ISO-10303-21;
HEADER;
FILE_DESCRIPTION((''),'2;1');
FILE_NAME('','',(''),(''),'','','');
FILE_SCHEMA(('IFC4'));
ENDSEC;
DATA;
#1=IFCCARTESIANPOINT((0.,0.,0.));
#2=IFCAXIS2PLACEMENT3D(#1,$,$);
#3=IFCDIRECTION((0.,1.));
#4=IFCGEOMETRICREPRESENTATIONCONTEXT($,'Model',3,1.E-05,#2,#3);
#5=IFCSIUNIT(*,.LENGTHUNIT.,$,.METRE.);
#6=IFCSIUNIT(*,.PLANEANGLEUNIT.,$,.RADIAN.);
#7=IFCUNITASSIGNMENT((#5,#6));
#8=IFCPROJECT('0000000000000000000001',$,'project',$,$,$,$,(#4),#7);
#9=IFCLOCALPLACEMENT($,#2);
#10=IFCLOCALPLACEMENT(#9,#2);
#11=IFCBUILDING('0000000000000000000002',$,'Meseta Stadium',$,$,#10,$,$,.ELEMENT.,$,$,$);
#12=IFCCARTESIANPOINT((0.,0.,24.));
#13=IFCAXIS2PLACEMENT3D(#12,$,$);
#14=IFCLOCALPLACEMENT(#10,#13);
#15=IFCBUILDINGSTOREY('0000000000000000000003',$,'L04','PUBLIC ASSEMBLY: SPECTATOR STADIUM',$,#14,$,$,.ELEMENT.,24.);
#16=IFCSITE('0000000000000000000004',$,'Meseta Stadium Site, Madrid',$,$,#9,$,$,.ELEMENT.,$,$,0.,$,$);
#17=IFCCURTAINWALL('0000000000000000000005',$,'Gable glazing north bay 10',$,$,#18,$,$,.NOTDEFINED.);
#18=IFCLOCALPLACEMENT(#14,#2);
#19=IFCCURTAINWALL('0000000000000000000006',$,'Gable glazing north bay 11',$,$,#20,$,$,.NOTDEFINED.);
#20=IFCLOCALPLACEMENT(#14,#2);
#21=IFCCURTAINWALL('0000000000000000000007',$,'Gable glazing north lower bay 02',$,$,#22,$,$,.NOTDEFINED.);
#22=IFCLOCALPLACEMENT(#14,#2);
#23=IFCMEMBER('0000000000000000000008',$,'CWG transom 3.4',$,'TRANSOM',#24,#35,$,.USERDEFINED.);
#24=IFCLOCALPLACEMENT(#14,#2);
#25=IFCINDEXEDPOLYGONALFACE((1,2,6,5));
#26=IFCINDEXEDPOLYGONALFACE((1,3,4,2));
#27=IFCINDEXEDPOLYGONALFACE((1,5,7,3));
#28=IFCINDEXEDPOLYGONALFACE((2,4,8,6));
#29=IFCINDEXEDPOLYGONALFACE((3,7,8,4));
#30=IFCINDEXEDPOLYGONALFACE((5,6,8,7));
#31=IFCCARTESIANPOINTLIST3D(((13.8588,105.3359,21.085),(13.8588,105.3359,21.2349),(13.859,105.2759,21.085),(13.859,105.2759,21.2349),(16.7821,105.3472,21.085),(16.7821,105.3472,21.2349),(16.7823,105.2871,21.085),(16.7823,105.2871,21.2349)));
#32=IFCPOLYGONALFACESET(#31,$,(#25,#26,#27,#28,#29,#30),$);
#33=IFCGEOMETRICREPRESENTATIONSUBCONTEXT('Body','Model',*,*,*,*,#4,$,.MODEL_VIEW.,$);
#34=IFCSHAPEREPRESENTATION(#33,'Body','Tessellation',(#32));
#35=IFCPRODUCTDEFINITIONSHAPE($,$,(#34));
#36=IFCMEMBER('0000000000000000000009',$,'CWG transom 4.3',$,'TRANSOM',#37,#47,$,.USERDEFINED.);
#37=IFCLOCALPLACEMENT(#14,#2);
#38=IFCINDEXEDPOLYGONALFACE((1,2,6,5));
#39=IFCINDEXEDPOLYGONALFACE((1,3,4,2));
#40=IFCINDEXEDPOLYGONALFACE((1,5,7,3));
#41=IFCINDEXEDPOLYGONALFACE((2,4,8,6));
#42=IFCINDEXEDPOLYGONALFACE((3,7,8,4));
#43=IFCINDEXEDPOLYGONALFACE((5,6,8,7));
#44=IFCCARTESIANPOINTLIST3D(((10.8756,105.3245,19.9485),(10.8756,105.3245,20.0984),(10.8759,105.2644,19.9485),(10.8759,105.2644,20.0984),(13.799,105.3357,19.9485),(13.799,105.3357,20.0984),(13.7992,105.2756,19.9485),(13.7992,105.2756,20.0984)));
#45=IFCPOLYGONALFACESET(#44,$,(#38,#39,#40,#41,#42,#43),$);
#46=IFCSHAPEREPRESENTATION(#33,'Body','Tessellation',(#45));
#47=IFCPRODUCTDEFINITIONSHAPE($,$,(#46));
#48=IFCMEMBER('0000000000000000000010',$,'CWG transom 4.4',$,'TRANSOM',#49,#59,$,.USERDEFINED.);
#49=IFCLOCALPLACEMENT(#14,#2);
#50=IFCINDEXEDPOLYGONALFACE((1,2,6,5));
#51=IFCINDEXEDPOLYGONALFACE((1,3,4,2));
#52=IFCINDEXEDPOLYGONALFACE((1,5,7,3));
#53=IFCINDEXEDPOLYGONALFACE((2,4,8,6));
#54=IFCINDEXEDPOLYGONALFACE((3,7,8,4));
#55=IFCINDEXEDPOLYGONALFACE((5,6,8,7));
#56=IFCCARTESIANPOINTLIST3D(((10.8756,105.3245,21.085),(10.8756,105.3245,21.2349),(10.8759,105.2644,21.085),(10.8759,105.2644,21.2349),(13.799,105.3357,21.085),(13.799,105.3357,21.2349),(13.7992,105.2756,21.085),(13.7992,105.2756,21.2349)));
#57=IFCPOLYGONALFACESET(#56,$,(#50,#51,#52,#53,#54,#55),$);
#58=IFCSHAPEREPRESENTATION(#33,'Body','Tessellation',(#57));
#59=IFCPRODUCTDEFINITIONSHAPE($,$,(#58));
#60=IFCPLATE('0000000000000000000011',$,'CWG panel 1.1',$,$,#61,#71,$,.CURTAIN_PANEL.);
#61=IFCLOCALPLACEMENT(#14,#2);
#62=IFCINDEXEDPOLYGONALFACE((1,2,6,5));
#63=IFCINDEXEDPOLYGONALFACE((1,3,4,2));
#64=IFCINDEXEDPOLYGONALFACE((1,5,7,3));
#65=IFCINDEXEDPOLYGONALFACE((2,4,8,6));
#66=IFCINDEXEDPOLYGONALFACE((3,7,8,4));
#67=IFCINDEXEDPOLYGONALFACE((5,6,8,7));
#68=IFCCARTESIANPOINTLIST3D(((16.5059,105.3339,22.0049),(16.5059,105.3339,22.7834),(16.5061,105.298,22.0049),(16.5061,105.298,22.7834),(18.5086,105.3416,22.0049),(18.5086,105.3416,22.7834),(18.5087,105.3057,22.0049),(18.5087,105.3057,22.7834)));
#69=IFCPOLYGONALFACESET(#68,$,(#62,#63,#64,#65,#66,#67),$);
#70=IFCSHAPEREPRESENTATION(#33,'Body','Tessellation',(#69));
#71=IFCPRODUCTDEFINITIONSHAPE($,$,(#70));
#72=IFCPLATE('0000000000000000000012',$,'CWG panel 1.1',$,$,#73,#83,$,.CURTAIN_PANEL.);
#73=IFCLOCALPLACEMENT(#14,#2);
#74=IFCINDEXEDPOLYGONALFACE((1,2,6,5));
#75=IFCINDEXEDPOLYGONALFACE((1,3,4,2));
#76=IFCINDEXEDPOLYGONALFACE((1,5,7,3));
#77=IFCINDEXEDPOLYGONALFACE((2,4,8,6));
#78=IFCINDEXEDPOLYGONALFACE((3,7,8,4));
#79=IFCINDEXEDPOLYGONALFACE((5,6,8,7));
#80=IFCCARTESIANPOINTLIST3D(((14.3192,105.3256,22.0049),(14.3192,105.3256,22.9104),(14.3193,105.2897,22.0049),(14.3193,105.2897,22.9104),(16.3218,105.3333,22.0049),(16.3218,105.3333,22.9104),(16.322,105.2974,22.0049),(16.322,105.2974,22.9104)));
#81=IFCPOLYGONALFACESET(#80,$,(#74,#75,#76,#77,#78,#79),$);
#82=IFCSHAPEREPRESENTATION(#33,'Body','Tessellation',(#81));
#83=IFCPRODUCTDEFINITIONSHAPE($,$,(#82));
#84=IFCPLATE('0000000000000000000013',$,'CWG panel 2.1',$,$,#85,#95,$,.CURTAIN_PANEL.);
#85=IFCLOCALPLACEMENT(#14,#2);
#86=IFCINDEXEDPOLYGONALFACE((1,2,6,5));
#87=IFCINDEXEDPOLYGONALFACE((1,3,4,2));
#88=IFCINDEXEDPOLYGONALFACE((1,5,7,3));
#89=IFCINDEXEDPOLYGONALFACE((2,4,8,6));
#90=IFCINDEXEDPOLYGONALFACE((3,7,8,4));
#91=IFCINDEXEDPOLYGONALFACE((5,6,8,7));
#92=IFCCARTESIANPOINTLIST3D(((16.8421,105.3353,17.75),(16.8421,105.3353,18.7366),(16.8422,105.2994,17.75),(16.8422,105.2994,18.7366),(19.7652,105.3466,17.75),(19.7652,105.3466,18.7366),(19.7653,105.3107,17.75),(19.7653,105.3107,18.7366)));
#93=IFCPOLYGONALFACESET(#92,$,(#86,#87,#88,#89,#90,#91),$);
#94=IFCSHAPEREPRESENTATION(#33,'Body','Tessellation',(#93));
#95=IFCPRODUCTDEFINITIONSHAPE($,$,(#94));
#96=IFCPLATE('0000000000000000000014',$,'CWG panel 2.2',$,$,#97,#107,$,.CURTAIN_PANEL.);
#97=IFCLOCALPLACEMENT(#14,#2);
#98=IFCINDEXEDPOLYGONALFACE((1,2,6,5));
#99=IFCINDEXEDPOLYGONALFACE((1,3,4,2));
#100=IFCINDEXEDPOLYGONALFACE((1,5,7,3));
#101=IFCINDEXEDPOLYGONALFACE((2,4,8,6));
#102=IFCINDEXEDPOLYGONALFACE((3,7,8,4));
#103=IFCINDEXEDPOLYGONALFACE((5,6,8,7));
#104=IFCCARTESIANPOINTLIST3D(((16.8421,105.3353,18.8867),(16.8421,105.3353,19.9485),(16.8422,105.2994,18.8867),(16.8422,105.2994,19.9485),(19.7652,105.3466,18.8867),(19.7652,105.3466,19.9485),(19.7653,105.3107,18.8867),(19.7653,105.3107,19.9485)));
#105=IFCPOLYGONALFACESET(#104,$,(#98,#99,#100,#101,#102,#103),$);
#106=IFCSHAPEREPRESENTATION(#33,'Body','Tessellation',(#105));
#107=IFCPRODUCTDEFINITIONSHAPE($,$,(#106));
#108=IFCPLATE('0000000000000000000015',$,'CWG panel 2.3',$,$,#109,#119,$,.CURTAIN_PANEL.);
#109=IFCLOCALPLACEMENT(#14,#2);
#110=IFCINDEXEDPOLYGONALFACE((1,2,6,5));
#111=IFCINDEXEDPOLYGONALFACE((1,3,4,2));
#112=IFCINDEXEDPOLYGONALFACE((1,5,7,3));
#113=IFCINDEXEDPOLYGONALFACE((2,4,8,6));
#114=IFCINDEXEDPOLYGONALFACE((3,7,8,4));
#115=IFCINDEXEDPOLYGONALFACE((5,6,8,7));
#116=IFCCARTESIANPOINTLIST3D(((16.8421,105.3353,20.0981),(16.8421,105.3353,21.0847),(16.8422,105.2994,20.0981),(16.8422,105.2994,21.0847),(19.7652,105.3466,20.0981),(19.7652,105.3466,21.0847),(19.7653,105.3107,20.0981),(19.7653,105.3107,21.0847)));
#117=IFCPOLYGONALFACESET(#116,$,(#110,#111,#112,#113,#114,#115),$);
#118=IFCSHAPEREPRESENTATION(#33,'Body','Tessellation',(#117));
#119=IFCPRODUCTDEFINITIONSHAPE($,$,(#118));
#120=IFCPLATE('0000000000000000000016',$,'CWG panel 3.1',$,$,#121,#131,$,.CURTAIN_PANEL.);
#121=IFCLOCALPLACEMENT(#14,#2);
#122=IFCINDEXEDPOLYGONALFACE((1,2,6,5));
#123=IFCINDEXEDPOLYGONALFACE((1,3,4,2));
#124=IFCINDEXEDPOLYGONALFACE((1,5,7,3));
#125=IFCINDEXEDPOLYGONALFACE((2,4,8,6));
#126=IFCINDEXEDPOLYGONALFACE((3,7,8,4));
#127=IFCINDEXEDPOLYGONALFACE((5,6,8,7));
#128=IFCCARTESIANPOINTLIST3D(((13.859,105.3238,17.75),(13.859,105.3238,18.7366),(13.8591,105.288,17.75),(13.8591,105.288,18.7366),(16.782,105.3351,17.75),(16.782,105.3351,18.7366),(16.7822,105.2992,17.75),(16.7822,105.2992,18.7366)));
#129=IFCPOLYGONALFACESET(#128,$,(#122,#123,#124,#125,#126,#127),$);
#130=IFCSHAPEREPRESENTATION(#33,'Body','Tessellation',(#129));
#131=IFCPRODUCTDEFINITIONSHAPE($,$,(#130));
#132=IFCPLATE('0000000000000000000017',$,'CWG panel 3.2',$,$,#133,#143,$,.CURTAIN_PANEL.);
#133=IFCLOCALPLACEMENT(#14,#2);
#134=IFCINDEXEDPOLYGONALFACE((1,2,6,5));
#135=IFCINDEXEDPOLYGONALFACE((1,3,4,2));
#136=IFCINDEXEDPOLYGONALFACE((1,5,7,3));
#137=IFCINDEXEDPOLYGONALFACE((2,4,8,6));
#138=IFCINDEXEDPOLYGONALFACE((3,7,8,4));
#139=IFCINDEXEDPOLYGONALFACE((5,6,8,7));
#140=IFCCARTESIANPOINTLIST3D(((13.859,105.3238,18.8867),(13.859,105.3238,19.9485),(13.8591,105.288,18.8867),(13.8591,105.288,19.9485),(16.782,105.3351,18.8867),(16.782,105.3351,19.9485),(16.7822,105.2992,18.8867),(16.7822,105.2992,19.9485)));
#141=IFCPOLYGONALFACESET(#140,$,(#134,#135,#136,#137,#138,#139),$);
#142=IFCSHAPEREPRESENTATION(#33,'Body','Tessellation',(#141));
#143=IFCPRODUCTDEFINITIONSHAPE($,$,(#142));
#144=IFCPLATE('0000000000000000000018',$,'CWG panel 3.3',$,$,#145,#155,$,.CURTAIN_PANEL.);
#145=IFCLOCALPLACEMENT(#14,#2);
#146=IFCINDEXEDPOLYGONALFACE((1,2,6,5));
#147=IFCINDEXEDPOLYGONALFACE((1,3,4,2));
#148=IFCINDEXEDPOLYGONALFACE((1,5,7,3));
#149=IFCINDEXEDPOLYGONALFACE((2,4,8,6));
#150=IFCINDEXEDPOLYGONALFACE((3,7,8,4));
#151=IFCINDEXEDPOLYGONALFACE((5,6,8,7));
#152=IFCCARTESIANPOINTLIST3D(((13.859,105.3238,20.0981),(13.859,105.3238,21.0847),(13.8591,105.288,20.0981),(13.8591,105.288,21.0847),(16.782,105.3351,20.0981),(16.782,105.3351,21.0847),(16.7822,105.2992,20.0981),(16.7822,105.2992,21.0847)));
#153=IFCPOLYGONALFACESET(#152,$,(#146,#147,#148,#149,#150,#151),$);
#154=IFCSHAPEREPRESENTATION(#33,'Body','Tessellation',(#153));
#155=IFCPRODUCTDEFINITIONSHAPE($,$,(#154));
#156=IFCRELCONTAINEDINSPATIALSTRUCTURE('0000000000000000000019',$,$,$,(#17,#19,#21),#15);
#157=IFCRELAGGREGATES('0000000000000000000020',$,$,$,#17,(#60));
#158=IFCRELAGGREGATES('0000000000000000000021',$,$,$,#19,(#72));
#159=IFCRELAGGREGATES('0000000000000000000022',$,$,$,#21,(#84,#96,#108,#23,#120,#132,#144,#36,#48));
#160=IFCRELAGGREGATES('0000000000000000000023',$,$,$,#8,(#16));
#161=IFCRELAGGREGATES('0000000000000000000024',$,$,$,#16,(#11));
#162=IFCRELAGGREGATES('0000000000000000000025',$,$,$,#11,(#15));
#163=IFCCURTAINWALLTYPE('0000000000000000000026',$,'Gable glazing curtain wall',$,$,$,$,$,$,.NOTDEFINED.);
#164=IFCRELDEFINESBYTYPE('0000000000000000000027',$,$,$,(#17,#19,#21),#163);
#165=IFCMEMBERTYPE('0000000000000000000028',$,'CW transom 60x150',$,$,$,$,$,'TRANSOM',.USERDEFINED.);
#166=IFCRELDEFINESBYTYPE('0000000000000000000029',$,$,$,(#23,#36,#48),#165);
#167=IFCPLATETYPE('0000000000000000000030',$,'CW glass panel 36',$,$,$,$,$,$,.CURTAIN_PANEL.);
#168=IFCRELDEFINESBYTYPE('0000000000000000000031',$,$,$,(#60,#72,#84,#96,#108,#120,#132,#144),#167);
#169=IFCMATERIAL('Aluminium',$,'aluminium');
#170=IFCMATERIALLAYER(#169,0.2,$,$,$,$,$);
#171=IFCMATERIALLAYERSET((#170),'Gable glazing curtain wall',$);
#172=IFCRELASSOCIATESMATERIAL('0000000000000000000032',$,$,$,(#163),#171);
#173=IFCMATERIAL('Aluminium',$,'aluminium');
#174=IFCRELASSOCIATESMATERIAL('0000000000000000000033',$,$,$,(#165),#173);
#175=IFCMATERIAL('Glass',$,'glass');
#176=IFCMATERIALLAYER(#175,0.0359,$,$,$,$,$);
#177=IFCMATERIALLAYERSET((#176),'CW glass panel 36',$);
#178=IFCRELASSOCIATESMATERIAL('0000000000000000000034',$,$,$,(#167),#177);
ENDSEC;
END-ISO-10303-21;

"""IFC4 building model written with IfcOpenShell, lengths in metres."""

from ifc_helpers import new_model, si_unit, direction, frame, origin, origin_2d, place, context, subcontext, project, spatial, rectangle, extrude, material, layer, layer_set, material_profile, profile_set, type_object, element, aggregate, save


model = new_model("IFC4")

# Units and contexts
model_context = context("Model", 3, precision=1e-05, world=origin(), true_north=direction((0.0, 1.0)))
body_context = subcontext(model_context, "Body", "Model", "MODEL_VIEW")
ifc_project = project(units=[si_unit("LENGTHUNIT", "METRE"), si_unit("PLANEANGLEUNIT", "RADIAN")], contexts=[model_context])

# Site, building, storey
site_placement = place(None, origin())
site = spatial("IfcSite", under=ifc_project, at=site_placement, Name="Meseta Stadium Site, Madrid", CompositionType="ELEMENT", RefElevation=0.0)
building_placement = place(site_placement, origin())
building = spatial("IfcBuilding", under=site, at=building_placement, Name="Meseta Stadium", CompositionType="ELEMENT")
storey_placement = place(building_placement, frame((0.0, 0.0, 24.0)))
storey = spatial("IfcBuildingStorey", under=building, at=storey_placement, Name="L04", Description="PUBLIC ASSEMBLY: SPECTATOR STADIUM", CompositionType="ELEMENT", Elevation=24.0)

# Shared definitions
ifc_material_1 = material(Name="Aluminium", Category="aluminium")
ifc_layer_1 = layer(ifc_material_1, 0.2)
ifc_layer_set_1 = layer_set([ifc_layer_1], Name="Gable glazing curtain wall")
curtain_wall_type = type_object("IfcCurtainWallType", Name="Gable glazing curtain wall", PredefinedType="NOTDEFINED", material=ifc_layer_set_1)

# Curtain walls
curtain_wall_1_placement = place(storey_placement, origin())
curtain_wall_1 = element("IfcCurtainWall", 1, at=curtain_wall_1_placement, inside=storey, type_object=curtain_wall_type, Name="Gable glazing north bay 10", PredefinedType="NOTDEFINED")
curtain_wall_2_placement = place(storey_placement, origin())
curtain_wall_2 = element("IfcCurtainWall", 2, at=curtain_wall_2_placement, inside=storey, type_object=curtain_wall_type, Name="Gable glazing north bay 11", PredefinedType="NOTDEFINED")

# Shared definitions
ifc_material_2 = material(Name="Aluminium", Category="aluminium")
ifc_material_profile_1 = material_profile(ifc_material_2, rectangle(XDim=0.0601, YDim=0.1499, at=origin_2d()), Name="CW 60x150")
ifc_profile_set_1 = profile_set([ifc_material_profile_1], Name="Aluminium")
member_type_1 = type_object("IfcMemberType", Name="CW transom 60x150", ElementType="TRANSOM", PredefinedType="USERDEFINED", material=ifc_profile_set_1)

# Curtain wall, members
curtain_wall_3_placement = place(storey_placement, origin())
curtain_wall_3 = element("IfcCurtainWall", 3, at=curtain_wall_3_placement, inside=storey, type_object=curtain_wall_type, Name="Gable glazing north lower bay 02", PredefinedType="NOTDEFINED")
member_1_placement = place(storey_placement, frame((16.7822, 105.3171, 21.1599), z_axis=(-0.999993, -0.003842, 0.0), x_axis=(0.003842, -0.999993, 0.0)))
member_1 = element("IfcMember", 4, at=member_1_placement, type_object=member_type_1, Name="CWG transom 3.4", ObjectType="TRANSOM", PredefinedType="USERDEFINED", context=body_context, shape_type="SweptSolid", body=[
    extrude(rectangle(XDim=0.0601, YDim=0.1499, at=origin_2d()), origin(), (0.0, 0.0, 1.0), 2.9233),
])
member_2_placement = place(storey_placement, frame((13.7991, 105.3057, 20.0234), z_axis=(-0.999993, -0.003842, 0.0), x_axis=(0.003842, -0.999993, 0.0)))
member_2 = element("IfcMember", 5, at=member_2_placement, type_object=member_type_1, Name="CWG transom 4.3", ObjectType="TRANSOM", PredefinedType="USERDEFINED", context=body_context, shape_type="SweptSolid", body=[
    extrude(rectangle(XDim=0.0601, YDim=0.1499, at=origin_2d()), origin(), (0.0, 0.0, 1.0), 2.9233),
])
member_3_placement = place(storey_placement, frame((13.7991, 105.3057, 21.1599), z_axis=(-0.999993, -0.003842, 0.0), x_axis=(0.003842, -0.999993, 0.0)))
member_3 = element("IfcMember", 6, at=member_3_placement, type_object=member_type_1, Name="CWG transom 4.4", ObjectType="TRANSOM", PredefinedType="USERDEFINED", context=body_context, shape_type="SweptSolid", body=[
    extrude(rectangle(XDim=0.0601, YDim=0.1499, at=origin_2d()), origin(), (0.0, 0.0, 1.0), 2.9233),
])

# Plates
ifc_material_3 = material(Name="Glass", Category="glass")
ifc_layer_2 = layer(ifc_material_3, 0.0359)
ifc_layer_set_2 = layer_set([ifc_layer_2], Name="CW glass panel 36")
plate_type = type_object("IfcPlateType", Name="CW glass panel 36", PredefinedType="CURTAIN_PANEL", material=ifc_layer_set_2)
plate_1_placement = place(storey_placement, frame((17.5073, 105.3198, 22.0049), z_axis=(0.0, 0.0, 1.0), x_axis=(-0.999993, -0.003848, 0.0)))
plate_1 = element("IfcPlate", 7, at=plate_1_placement, type_object=plate_type, Name="CWG panel 1.1", PredefinedType="CURTAIN_PANEL", context=body_context, shape_type="SweptSolid", body=[
    extrude(rectangle(XDim=2.0027, YDim=0.0359, at=origin_2d()), origin(), (0.0, 0.0, 1.0), 0.7786),
])
aggregate(curtain_wall_1, [plate_1])
plate_2_placement = place(storey_placement, frame((15.3206, 105.3115, 22.0049), z_axis=(0.0, 0.0, 1.0), x_axis=(-0.999993, -0.003848, 0.0)))
plate_2 = element("IfcPlate", 8, at=plate_2_placement, type_object=plate_type, Name="CWG panel 1.1", PredefinedType="CURTAIN_PANEL", context=body_context, shape_type="SweptSolid", body=[
    extrude(rectangle(XDim=2.0027, YDim=0.0359, at=origin_2d()), origin(), (0.0, 0.0, 1.0), 0.9055),
])
aggregate(curtain_wall_2, [plate_2])
plate_3_placement = place(storey_placement, frame((18.3037, 105.323, 17.75), z_axis=(0.0, 0.0, 1.0), x_axis=(-0.999993, -0.003848, 0.0)))
plate_3 = element("IfcPlate", 9, at=plate_3_placement, type_object=plate_type, Name="CWG panel 2.1", PredefinedType="CURTAIN_PANEL", context=body_context, shape_type="SweptSolid", body=[
    extrude(rectangle(XDim=2.9231, YDim=0.0359, at=origin_2d()), origin(), (0.0, 0.0, 1.0), 0.9866),
])
plate_4_placement = place(storey_placement, frame((18.3037, 105.323, 18.8867), z_axis=(0.0, 0.0, 1.0), x_axis=(-0.999993, -0.003848, 0.0)))
plate_4 = element("IfcPlate", 10, at=plate_4_placement, type_object=plate_type, Name="CWG panel 2.2", PredefinedType="CURTAIN_PANEL", context=body_context, shape_type="SweptSolid", body=[
    extrude(rectangle(XDim=2.9231, YDim=0.0359, at=origin_2d()), origin(), (0.0, 0.0, 1.0), 1.0618),
])
plate_5_placement = place(storey_placement, frame((18.3037, 105.323, 20.0981), z_axis=(0.0, 0.0, 1.0), x_axis=(-0.999993, -0.003848, 0.0)))
plate_5 = element("IfcPlate", 11, at=plate_5_placement, type_object=plate_type, Name="CWG panel 2.3", PredefinedType="CURTAIN_PANEL", context=body_context, shape_type="SweptSolid", body=[
    extrude(rectangle(XDim=2.9231, YDim=0.0359, at=origin_2d()), origin(), (0.0, 0.0, 1.0), 0.9866),
])
plate_6_placement = place(storey_placement, frame((15.3206, 105.3115, 17.75), z_axis=(0.0, 0.0, 1.0), x_axis=(-0.999993, -0.003848, 0.0)))
plate_6 = element("IfcPlate", 12, at=plate_6_placement, type_object=plate_type, Name="CWG panel 3.1", PredefinedType="CURTAIN_PANEL", context=body_context, shape_type="SweptSolid", body=[
    extrude(rectangle(XDim=2.9231, YDim=0.0359, at=origin_2d()), origin(), (0.0, 0.0, 1.0), 0.9866),
])
plate_7_placement = place(storey_placement, frame((15.3206, 105.3115, 18.8867), z_axis=(0.0, 0.0, 1.0), x_axis=(-0.999993, -0.003848, 0.0)))
plate_7 = element("IfcPlate", 13, at=plate_7_placement, type_object=plate_type, Name="CWG panel 3.2", PredefinedType="CURTAIN_PANEL", context=body_context, shape_type="SweptSolid", body=[
    extrude(rectangle(XDim=2.9231, YDim=0.0359, at=origin_2d()), origin(), (0.0, 0.0, 1.0), 1.0618),
])
plate_8_placement = place(storey_placement, frame((15.3206, 105.3115, 20.0981), z_axis=(0.0, 0.0, 1.0), x_axis=(-0.999993, -0.003848, 0.0)))
plate_8 = element("IfcPlate", 14, at=plate_8_placement, type_object=plate_type, Name="CWG panel 3.3", PredefinedType="CURTAIN_PANEL", context=body_context, shape_type="SweptSolid", body=[
    extrude(rectangle(XDim=2.9231, YDim=0.0359, at=origin_2d()), origin(), (0.0, 0.0, 1.0), 0.9866),
])
aggregate(curtain_wall_3, [plate_3, plate_4, plate_5, member_1, plate_6, plate_7, plate_8, member_2, member_3])

save(model, "model.ifc")
